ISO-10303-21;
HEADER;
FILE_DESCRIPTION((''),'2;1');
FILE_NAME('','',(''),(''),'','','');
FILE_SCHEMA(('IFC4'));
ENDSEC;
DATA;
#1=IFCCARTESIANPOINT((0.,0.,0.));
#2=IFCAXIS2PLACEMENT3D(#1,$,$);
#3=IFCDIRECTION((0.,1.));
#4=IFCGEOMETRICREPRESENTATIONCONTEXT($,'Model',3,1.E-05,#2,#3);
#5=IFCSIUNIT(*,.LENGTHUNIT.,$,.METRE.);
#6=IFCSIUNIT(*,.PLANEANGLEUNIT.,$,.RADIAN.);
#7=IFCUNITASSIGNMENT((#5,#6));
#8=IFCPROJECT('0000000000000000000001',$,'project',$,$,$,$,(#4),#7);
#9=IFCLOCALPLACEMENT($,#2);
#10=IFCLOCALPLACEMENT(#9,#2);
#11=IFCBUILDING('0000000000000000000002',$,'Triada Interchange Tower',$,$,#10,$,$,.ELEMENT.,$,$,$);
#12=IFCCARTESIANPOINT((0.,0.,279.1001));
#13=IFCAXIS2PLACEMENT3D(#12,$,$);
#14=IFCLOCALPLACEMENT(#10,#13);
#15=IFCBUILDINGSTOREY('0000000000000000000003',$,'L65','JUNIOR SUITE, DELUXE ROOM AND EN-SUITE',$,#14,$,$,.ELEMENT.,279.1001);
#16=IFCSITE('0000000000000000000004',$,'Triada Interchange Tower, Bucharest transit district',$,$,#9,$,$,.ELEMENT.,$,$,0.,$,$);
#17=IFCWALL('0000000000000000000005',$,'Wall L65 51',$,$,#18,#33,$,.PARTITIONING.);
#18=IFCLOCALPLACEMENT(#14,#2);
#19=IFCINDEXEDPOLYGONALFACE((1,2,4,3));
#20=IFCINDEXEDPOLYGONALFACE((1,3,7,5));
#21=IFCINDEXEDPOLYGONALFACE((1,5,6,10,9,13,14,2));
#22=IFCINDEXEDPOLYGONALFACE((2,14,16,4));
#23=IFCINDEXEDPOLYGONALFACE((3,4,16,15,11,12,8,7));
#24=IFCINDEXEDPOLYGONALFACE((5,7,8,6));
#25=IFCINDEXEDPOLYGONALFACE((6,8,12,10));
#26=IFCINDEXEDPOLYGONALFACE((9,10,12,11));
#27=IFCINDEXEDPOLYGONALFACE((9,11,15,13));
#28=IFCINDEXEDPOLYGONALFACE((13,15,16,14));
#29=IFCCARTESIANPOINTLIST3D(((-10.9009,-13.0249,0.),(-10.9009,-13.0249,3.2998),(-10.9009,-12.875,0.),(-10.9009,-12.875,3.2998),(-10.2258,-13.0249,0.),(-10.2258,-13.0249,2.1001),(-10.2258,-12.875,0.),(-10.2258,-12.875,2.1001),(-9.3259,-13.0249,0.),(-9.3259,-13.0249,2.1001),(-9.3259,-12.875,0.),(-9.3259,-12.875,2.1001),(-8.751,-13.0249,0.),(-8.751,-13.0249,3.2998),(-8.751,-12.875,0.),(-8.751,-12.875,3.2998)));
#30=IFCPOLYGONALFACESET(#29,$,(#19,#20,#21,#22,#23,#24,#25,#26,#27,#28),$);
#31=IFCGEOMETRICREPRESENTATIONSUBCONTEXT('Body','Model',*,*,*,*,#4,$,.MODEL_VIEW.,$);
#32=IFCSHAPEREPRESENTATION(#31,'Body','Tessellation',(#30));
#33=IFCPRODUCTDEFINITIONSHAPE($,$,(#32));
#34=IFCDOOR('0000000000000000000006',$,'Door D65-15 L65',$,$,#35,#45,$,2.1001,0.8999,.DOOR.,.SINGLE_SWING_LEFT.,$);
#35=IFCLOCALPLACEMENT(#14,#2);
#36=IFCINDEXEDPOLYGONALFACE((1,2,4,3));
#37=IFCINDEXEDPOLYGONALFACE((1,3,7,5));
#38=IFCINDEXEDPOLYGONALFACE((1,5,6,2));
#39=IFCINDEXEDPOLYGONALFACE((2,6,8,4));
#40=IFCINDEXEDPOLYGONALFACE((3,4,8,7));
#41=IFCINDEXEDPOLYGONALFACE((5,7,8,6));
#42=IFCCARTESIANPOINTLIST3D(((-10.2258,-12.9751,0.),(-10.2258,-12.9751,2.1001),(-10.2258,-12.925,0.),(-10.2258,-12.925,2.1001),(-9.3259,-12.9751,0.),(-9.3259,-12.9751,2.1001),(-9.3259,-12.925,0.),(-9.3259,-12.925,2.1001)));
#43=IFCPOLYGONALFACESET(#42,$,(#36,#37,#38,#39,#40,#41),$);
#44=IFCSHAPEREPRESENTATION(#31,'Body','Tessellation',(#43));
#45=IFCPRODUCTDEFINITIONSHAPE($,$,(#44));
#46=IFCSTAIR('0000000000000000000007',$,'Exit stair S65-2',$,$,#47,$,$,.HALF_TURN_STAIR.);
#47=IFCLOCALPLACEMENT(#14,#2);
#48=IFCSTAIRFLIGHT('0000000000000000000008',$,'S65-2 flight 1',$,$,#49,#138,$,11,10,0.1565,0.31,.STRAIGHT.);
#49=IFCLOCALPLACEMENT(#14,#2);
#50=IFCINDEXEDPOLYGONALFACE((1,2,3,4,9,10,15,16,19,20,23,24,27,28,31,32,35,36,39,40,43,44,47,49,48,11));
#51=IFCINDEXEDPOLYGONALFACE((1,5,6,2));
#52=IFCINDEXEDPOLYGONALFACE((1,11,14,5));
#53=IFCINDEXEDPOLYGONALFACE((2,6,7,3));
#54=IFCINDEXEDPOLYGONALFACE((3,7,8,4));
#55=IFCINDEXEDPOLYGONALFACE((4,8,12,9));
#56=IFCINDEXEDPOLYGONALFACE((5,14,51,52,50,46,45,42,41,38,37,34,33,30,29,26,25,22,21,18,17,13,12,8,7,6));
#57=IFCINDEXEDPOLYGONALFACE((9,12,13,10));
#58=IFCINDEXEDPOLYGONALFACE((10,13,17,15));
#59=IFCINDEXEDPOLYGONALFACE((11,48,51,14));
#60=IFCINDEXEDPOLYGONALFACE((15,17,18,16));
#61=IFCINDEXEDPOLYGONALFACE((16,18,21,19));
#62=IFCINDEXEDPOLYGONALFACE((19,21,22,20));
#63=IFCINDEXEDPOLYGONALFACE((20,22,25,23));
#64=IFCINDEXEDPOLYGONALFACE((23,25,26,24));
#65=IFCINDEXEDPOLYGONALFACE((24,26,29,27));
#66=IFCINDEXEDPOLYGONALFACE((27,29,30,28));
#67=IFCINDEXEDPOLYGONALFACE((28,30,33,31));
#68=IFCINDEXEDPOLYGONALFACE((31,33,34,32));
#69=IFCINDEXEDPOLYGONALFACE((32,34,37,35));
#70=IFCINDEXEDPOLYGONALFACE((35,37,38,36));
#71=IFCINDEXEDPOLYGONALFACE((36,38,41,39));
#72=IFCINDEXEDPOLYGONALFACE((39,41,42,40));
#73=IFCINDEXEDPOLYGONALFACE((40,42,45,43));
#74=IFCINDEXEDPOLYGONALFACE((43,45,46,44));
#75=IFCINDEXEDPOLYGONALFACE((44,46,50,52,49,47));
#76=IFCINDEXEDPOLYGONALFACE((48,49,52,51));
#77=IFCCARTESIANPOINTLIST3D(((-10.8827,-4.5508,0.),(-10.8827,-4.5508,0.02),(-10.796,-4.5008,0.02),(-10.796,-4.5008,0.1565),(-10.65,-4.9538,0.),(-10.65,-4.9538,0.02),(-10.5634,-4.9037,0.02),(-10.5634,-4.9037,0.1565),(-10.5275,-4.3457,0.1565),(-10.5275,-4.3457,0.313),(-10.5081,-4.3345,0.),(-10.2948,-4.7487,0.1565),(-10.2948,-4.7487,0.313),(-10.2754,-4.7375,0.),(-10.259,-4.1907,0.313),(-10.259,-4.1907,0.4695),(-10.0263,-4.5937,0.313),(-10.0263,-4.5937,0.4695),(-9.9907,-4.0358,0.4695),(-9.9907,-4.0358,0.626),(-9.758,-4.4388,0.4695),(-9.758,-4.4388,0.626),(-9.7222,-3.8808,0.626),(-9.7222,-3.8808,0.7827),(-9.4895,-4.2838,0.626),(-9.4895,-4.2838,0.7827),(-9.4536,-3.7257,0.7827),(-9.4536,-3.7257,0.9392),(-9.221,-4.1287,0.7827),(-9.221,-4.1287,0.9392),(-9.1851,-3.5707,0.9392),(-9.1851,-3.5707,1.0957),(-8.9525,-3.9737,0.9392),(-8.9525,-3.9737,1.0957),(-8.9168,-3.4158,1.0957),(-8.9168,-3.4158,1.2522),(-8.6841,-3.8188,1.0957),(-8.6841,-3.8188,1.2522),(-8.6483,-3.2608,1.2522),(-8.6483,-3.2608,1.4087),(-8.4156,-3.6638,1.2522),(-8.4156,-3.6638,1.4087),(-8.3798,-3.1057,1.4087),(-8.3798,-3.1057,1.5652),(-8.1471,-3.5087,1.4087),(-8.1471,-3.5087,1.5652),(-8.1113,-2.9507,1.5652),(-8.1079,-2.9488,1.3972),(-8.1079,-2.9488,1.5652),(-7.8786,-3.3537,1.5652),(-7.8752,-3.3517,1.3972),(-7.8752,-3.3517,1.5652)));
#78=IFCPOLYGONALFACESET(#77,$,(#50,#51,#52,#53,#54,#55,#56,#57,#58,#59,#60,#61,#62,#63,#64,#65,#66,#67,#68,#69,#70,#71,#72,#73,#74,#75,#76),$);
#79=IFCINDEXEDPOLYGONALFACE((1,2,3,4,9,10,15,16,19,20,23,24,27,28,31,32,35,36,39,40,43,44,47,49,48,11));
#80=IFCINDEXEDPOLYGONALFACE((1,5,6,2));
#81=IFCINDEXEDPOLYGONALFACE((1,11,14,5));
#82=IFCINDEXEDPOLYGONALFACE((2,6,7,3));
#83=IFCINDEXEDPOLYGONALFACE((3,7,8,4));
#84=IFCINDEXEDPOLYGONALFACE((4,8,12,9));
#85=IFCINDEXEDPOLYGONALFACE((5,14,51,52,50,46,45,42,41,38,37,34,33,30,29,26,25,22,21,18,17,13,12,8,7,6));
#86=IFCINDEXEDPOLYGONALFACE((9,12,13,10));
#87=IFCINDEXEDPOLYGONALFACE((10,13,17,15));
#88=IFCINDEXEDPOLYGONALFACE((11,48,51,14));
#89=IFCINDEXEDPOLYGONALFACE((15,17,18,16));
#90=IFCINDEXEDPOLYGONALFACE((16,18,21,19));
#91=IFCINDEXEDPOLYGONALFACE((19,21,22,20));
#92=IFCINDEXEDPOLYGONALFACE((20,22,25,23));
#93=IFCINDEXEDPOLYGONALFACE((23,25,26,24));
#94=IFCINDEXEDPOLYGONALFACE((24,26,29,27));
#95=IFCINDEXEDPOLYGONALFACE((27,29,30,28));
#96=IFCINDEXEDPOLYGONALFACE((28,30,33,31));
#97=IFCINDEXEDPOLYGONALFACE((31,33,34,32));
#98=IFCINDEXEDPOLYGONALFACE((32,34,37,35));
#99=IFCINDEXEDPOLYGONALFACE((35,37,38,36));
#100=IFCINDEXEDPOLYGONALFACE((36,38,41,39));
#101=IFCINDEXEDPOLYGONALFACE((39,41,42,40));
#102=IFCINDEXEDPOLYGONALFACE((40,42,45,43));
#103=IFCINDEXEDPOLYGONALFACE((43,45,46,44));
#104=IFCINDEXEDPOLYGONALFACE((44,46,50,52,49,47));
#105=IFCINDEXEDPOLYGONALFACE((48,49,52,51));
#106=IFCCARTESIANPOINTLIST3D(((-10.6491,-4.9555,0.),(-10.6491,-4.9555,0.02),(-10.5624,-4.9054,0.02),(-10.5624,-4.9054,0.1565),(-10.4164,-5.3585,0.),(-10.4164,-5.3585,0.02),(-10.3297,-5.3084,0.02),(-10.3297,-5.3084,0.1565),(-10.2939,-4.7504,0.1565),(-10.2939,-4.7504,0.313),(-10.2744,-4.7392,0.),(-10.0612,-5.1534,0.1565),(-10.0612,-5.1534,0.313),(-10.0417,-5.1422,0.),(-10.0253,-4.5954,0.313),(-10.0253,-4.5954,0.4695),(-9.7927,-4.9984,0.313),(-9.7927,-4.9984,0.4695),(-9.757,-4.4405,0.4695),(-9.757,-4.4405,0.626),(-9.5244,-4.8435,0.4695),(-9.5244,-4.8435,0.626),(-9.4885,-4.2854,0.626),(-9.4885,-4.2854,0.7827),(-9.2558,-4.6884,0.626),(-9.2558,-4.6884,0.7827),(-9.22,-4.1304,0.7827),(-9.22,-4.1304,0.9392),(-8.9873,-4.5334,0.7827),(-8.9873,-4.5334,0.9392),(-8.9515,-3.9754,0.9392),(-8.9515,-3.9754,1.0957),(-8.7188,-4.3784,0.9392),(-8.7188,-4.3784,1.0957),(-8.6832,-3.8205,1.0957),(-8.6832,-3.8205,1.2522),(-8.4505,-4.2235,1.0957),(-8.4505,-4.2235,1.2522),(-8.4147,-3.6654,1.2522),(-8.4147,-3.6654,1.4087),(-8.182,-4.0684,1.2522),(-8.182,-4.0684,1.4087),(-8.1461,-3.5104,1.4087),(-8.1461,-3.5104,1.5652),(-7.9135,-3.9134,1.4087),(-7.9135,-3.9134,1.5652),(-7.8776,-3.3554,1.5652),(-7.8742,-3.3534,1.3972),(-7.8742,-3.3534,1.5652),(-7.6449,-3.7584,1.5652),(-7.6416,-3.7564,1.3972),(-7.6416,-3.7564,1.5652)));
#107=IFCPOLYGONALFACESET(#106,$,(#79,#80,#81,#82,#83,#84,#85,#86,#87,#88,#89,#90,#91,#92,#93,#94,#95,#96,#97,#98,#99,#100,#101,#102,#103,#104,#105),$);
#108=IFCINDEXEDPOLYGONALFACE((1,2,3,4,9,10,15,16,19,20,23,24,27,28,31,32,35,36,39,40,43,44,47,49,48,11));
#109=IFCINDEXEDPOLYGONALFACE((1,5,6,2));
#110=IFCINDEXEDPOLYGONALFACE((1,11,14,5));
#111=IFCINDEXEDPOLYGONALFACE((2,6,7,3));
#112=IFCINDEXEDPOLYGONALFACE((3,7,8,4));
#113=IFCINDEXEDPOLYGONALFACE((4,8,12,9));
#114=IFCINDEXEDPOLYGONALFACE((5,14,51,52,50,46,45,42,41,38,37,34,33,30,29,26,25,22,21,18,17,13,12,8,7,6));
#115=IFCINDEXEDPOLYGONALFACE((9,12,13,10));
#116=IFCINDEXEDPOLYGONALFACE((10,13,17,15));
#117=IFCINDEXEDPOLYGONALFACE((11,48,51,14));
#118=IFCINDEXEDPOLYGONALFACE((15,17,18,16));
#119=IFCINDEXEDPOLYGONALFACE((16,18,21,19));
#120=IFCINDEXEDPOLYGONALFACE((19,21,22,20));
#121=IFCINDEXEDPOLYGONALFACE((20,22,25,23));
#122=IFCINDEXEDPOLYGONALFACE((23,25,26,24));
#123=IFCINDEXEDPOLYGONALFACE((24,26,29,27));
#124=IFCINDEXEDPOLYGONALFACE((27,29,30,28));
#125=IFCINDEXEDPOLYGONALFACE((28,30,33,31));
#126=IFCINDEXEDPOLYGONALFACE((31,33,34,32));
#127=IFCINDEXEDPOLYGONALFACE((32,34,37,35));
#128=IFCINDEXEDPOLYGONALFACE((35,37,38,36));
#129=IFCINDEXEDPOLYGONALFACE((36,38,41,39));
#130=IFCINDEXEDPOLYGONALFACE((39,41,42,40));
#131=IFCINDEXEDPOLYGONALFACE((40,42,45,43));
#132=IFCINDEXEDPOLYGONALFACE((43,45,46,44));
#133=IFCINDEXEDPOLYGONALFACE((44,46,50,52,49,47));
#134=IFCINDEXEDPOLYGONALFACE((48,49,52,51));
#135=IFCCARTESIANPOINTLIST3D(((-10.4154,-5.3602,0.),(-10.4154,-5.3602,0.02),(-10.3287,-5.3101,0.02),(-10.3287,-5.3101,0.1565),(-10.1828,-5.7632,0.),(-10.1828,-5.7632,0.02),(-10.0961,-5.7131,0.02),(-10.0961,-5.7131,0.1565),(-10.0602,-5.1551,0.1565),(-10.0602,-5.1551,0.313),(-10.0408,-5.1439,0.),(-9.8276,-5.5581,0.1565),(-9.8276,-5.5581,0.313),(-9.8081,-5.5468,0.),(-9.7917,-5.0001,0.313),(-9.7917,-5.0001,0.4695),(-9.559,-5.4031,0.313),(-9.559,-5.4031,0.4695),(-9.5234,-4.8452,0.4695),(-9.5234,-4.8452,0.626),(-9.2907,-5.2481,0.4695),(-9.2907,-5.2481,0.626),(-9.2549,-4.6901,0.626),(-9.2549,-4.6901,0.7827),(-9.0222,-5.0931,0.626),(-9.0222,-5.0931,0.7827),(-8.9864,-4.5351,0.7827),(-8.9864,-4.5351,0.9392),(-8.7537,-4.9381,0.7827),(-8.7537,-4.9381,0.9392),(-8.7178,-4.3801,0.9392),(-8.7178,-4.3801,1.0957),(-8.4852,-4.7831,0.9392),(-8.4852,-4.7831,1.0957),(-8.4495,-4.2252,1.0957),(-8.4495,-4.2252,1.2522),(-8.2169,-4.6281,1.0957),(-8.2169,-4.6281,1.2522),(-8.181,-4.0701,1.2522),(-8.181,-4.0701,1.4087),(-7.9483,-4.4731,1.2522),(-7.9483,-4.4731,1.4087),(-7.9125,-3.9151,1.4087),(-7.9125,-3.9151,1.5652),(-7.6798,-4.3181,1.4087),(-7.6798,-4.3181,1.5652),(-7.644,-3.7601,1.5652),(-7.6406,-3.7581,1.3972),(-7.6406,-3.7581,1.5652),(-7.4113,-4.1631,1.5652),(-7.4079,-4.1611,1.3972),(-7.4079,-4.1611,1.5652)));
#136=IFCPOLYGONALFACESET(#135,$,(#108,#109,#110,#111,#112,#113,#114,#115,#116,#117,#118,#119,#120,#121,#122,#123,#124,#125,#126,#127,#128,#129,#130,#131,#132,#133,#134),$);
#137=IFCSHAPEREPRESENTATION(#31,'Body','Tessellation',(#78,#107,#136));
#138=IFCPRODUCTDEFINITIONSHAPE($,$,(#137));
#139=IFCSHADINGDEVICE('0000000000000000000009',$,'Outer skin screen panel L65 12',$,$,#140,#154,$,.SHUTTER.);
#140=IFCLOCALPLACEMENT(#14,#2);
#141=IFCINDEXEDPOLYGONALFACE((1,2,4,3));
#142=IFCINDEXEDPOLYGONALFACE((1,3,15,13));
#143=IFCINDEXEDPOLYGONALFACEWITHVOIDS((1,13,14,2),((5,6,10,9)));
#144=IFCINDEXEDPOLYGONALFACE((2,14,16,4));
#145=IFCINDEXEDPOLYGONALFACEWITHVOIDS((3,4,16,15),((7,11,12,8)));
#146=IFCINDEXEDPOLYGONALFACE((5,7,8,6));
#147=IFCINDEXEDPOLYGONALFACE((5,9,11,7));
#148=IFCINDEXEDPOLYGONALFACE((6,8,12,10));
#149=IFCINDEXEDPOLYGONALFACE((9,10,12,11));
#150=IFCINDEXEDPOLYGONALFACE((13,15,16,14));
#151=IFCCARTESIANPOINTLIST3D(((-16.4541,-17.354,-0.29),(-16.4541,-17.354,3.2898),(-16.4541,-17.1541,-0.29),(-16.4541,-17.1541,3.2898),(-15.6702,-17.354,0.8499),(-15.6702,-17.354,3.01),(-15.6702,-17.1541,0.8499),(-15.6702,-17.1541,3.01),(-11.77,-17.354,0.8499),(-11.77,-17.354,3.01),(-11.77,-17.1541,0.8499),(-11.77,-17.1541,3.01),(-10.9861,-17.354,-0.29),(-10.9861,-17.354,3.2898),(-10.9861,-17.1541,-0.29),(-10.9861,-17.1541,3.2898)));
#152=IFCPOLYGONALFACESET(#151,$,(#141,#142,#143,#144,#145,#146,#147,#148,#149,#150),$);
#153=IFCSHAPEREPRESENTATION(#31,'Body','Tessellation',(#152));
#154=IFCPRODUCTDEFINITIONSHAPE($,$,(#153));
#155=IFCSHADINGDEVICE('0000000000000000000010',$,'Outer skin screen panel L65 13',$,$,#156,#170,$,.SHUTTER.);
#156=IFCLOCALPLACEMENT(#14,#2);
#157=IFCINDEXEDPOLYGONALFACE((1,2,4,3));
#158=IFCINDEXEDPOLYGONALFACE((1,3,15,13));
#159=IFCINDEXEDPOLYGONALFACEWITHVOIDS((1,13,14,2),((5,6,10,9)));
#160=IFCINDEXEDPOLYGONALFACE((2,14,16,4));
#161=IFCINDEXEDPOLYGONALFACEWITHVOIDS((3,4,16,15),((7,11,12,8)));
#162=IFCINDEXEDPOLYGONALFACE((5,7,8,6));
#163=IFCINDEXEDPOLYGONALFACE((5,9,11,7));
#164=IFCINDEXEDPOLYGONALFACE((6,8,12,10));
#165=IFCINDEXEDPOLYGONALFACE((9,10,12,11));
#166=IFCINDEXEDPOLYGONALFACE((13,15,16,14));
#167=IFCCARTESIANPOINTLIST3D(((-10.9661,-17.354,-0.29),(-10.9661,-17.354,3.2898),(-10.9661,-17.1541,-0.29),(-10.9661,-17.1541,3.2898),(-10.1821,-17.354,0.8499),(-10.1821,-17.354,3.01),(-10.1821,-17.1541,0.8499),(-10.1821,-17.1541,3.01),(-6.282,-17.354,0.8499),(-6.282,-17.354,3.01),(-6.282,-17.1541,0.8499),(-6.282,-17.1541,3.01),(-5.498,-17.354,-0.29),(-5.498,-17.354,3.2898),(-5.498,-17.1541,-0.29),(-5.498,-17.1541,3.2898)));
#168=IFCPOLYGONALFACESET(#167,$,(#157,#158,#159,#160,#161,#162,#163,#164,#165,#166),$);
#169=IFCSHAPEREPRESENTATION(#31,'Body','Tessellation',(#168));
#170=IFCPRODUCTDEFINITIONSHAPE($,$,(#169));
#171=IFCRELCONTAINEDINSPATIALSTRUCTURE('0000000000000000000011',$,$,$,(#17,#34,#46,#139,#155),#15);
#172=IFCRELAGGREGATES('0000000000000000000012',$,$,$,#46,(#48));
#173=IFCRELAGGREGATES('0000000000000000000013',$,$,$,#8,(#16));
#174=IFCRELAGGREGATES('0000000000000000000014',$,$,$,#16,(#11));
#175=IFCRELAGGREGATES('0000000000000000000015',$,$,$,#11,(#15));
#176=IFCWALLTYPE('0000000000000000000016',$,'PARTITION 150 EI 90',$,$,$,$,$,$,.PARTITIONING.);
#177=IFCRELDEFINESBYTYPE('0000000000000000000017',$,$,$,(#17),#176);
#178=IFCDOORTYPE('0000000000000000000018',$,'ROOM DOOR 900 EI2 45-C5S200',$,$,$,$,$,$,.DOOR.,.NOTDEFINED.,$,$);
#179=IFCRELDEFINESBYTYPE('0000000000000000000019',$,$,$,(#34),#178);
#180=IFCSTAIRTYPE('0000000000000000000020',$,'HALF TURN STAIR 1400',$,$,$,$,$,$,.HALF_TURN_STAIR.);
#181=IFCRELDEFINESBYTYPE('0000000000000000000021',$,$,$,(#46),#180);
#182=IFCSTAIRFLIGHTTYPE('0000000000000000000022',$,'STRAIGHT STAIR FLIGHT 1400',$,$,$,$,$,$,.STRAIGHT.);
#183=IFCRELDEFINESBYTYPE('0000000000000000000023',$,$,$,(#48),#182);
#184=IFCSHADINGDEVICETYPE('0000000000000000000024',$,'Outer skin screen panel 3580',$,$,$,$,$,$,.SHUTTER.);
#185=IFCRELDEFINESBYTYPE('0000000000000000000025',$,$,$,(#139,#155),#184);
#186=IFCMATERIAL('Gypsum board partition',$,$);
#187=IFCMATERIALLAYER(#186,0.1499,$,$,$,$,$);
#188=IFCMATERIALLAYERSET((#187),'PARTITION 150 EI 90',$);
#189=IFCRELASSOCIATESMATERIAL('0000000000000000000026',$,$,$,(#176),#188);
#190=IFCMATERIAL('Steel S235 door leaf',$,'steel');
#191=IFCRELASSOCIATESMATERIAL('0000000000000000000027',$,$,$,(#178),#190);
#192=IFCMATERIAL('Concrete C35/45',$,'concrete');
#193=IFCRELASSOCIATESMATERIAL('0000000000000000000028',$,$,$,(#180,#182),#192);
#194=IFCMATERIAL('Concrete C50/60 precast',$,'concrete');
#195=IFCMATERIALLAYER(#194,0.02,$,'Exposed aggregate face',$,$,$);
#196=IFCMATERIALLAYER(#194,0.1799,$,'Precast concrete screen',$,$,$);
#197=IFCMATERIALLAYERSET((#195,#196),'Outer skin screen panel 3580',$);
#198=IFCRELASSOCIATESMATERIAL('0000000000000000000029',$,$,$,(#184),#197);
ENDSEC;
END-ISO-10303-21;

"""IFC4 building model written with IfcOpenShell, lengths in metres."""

from ifc_helpers import new_model, si_unit, direction, frame, frame_2d, origin, place, context, subcontext, project, spatial, polyline, rectangle, outline, extrude, material, layer, layer_set, type_object, element, fill, aggregate, save


model = new_model("IFC4")

# Units and contexts
model_context = context("Model", 3, precision=1e-05, world=origin(), true_north=direction((0.0, 1.0)))
body_context = subcontext(model_context, "Body", "Model", "MODEL_VIEW")
ifc_project = project(units=[si_unit("LENGTHUNIT", "METRE"), si_unit("PLANEANGLEUNIT", "RADIAN")], contexts=[model_context])

# Site, building, storey
site_placement = place(None, origin())
site = spatial("IfcSite", under=ifc_project, at=site_placement, Name="Triada Interchange Tower, Bucharest transit district", CompositionType="ELEMENT", RefElevation=0.0)
building_placement = place(site_placement, origin())
building = spatial("IfcBuilding", under=site, at=building_placement, Name="Triada Interchange Tower", CompositionType="ELEMENT")
storey_placement = place(building_placement, frame((0.0, 0.0, 279.1001)))
storey = spatial("IfcBuildingStorey", under=building, at=storey_placement, Name="L65", Description="JUNIOR SUITE, DELUXE ROOM AND EN-SUITE", CompositionType="ELEMENT", Elevation=279.1001)

# Shared definitions
ifc_material_1 = material(Name="Steel S235 door leaf", Category="steel")

# Shared definitions
ifc_material_2 = material(Name="Gypsum board partition")
ifc_layer_1 = layer(ifc_material_2, 0.1499)
ifc_layer_set_1 = layer_set([ifc_layer_1], Name="PARTITION 150 EI 90")
wall_type_1 = type_object("IfcWallType", Name="PARTITION 150 EI 90", PredefinedType="PARTITIONING", material=ifc_layer_set_1)

# Wall, opening, door
wall_1_placement = place(storey_placement, frame((-10.9009, -12.95, 0.0), z_axis=(0.0, 0.0, 1.0), x_axis=(1.0, 0.0, 0.0)))
wall_1 = element("IfcWall", 1, at=wall_1_placement, inside=storey, type_object=wall_type_1, Name="Wall L65 51", PredefinedType="PARTITIONING", context=body_context, shape_type="SweptSolid", body=[
    extrude(rectangle(XDim=2.1499, YDim=0.1499, at=frame_2d((1.075, 0.0))), origin(), (0.0, 0.0, 1.0), 3.2998),
])
opening_1_placement = place(wall_1_placement, frame((0.675, 0.0, 0.0)))
opening_1 = element("IfcOpeningElement", 2, at=opening_1_placement, cuts=wall_1, PredefinedType="OPENING", context=body_context, shape_type="SweptSolid", body=[
    extrude(rectangle(XDim=0.8999, YDim=2.1001, at=frame_2d((0.45, 1.05))), frame((0.0, 0.085, 0.0), z_axis=(0.0, -1.0, 0.0), x_axis=(1.0, 0.0, 0.0)), (0.0, 0.0, 1.0), 0.1699),
])
door_type_1 = type_object("IfcDoorType", Name="ROOM DOOR 900 EI2 45-C5S200", OperationType="NOTDEFINED", PredefinedType="DOOR", material=ifc_material_1)
door_1_placement = place(opening_1_placement, origin())
door_1 = element("IfcDoor", 3, at=door_1_placement, inside=storey, type_object=door_type_1, Name="Door D65-15 L65", OperationType="SINGLE_SWING_LEFT", OverallHeight=2.1001, OverallWidth=0.8999, PredefinedType="DOOR", context=body_context, shape_type="SweptSolid", body=[
    extrude(rectangle(XDim=0.8999, YDim=2.1001, at=frame_2d((0.45, 1.05))), frame((0.0, 0.0249, 0.0), z_axis=(0.0, -1.0, 0.0), x_axis=(1.0, 0.0, 0.0)), (0.0, 0.0, 1.0), 0.05),
])
fill(opening_1, door_1)

# Stair, stair flight
ifc_material_3 = material(Name="Concrete C35/45", Category="concrete")
stair_type = type_object("IfcStairType", Name="HALF TURN STAIR 1400", PredefinedType="HALF_TURN_STAIR", material=ifc_material_3)
stair_placement = place(storey_placement, origin())
stair = element("IfcStair", 4, at=stair_placement, inside=storey, type_object=stair_type, Name="Exit stair S65-2", PredefinedType="HALF_TURN_STAIR")
stair_flight_type = type_object("IfcStairFlightType", Name="STRAIGHT STAIR FLIGHT 1400", PredefinedType="STRAIGHT", material=ifc_material_3)
stair_flight_placement = place(storey_placement, frame((-10.446, -5.1069, 0.0), z_axis=(0.0, 0.0, 1.0), x_axis=(0.866025, 0.5, 0.0)))
stair_flight = element("IfcStairFlight", 5, at=stair_flight_placement, type_object=stair_flight_type, Name="S65-2 flight 1", NumberOfRisers=11, NumberOfTreads=10, PredefinedType="STRAIGHT", RiserHeight=0.1565, TreadLength=0.31, context=body_context, shape_type="SweptSolid", body=[
    extrude(outline(polyline([(-0.1001, 0.0), (-0.1001, 0.02), (0.0, 0.02), (0.0, 0.1565), (0.3101, 0.1565), (0.3101, 0.313), (0.6201, 0.313), (0.6201, 0.4695), (0.9299, 0.4695), (0.9299, 0.626), (1.24, 0.626), (1.24, 0.7827), (1.55, 0.7827), (1.55, 0.9392), (1.8601, 0.9392), (1.8601, 1.0957), (2.1699, 1.0957), (2.1699, 1.2522), (2.48, 1.2522), (2.48, 1.4087), (2.79, 1.4087), (2.79, 1.5652), (3.1001, 1.5652), (3.104, 1.5652), (3.104, 1.7217), (3.104, 1.3972), (0.3325, 0.0), (-0.1001, 0.0)])), frame((0.0, 0.7, 0.0), z_axis=(0.0, -1.0, 0.0), x_axis=(1.0, 0.0, 0.0)), (0.0, 0.0, 1.0), 0.4653),
    extrude(outline(polyline([(-0.1001, 0.0), (-0.1001, 0.02), (0.0, 0.02), (0.0, 0.1565), (0.3101, 0.1565), (0.3101, 0.313), (0.6201, 0.313), (0.6201, 0.4695), (0.9299, 0.4695), (0.9299, 0.626), (1.24, 0.626), (1.24, 0.7827), (1.55, 0.7827), (1.55, 0.9392), (1.8601, 0.9392), (1.8601, 1.0957), (2.1699, 1.0957), (2.1699, 1.2522), (2.48, 1.2522), (2.48, 1.4087), (2.79, 1.4087), (2.79, 1.5652), (3.1001, 1.5652), (3.104, 1.5652), (3.104, 1.7217), (3.104, 1.3972), (0.3325, 0.0), (-0.1001, 0.0)])), frame((0.0, 0.2327, 0.0), z_axis=(0.0, -1.0, 0.0), x_axis=(1.0, 0.0, 0.0)), (0.0, 0.0, 1.0), 0.4653),
    extrude(outline(polyline([(-0.1001, 0.0), (-0.1001, 0.02), (0.0, 0.02), (0.0, 0.1565), (0.3101, 0.1565), (0.3101, 0.313), (0.6201, 0.313), (0.6201, 0.4695), (0.9299, 0.4695), (0.9299, 0.626), (1.24, 0.626), (1.24, 0.7827), (1.55, 0.7827), (1.55, 0.9392), (1.8601, 0.9392), (1.8601, 1.0957), (2.1699, 1.0957), (2.1699, 1.2522), (2.48, 1.2522), (2.48, 1.4087), (2.79, 1.4087), (2.79, 1.5652), (3.1001, 1.5652), (3.104, 1.5652), (3.104, 1.7217), (3.104, 1.3972), (0.3325, 0.0), (-0.1001, 0.0)])), frame((0.0, -0.2346, 0.0), z_axis=(0.0, -1.0, 0.0), x_axis=(1.0, 0.0, 0.0)), (0.0, 0.0, 1.0), 0.4653),
])

# Shading devices
ifc_material_4 = material(Name="Concrete C50/60 precast", Category="concrete")
ifc_layer_2 = layer(ifc_material_4, 0.02, Name="Exposed aggregate face")
ifc_layer_3 = layer(ifc_material_4, 0.1799, Name="Precast concrete screen")
ifc_layer_set_2 = layer_set([ifc_layer_2, ifc_layer_3], Name="Outer skin screen panel 3580")
shading_device_type = type_object("IfcShadingDeviceType", Name="Outer skin screen panel 3580", PredefinedType="SHUTTER", material=ifc_layer_set_2)
for number, where, z_axis, x_axis, name in (
    (6, (-16.4541, -17.1541, -0.29), (0.0, 0.0, 1.0), (1.0, 0.0, 0.0), "Outer skin screen panel L65 12"),
    (7, (-10.9661, -17.1541, -0.29), (0.0, 0.0, 1.0), (1.0, 0.0, 0.0), "Outer skin screen panel L65 13"),
):
    element("IfcShadingDevice", number, at=place(storey_placement, frame(where, z_axis=z_axis, x_axis=x_axis)), inside=storey, type_object=shading_device_type, Name=name, PredefinedType="SHUTTER", context=body_context, shape_type="SweptSolid", body=[
        extrude(outline(polyline([(0.0, 0.0), (5.468, 0.0), (5.468, 3.5798), (0.0, 3.5798), (0.0, 0.0)]), holes=[polyline([(0.7839, 1.1399), (0.7839, 3.3), (4.6841, 3.3), (4.6841, 1.1399), (0.7839, 1.1399)])]), frame((0.0, 0.0, 0.0), z_axis=(0.0, -1.0, 0.0), x_axis=(1.0, 0.0, 0.0)), (0.0, 0.0, 1.0), 0.2),
    ])

aggregate(stair, [stair_flight])

save(model, "model.ifc")
